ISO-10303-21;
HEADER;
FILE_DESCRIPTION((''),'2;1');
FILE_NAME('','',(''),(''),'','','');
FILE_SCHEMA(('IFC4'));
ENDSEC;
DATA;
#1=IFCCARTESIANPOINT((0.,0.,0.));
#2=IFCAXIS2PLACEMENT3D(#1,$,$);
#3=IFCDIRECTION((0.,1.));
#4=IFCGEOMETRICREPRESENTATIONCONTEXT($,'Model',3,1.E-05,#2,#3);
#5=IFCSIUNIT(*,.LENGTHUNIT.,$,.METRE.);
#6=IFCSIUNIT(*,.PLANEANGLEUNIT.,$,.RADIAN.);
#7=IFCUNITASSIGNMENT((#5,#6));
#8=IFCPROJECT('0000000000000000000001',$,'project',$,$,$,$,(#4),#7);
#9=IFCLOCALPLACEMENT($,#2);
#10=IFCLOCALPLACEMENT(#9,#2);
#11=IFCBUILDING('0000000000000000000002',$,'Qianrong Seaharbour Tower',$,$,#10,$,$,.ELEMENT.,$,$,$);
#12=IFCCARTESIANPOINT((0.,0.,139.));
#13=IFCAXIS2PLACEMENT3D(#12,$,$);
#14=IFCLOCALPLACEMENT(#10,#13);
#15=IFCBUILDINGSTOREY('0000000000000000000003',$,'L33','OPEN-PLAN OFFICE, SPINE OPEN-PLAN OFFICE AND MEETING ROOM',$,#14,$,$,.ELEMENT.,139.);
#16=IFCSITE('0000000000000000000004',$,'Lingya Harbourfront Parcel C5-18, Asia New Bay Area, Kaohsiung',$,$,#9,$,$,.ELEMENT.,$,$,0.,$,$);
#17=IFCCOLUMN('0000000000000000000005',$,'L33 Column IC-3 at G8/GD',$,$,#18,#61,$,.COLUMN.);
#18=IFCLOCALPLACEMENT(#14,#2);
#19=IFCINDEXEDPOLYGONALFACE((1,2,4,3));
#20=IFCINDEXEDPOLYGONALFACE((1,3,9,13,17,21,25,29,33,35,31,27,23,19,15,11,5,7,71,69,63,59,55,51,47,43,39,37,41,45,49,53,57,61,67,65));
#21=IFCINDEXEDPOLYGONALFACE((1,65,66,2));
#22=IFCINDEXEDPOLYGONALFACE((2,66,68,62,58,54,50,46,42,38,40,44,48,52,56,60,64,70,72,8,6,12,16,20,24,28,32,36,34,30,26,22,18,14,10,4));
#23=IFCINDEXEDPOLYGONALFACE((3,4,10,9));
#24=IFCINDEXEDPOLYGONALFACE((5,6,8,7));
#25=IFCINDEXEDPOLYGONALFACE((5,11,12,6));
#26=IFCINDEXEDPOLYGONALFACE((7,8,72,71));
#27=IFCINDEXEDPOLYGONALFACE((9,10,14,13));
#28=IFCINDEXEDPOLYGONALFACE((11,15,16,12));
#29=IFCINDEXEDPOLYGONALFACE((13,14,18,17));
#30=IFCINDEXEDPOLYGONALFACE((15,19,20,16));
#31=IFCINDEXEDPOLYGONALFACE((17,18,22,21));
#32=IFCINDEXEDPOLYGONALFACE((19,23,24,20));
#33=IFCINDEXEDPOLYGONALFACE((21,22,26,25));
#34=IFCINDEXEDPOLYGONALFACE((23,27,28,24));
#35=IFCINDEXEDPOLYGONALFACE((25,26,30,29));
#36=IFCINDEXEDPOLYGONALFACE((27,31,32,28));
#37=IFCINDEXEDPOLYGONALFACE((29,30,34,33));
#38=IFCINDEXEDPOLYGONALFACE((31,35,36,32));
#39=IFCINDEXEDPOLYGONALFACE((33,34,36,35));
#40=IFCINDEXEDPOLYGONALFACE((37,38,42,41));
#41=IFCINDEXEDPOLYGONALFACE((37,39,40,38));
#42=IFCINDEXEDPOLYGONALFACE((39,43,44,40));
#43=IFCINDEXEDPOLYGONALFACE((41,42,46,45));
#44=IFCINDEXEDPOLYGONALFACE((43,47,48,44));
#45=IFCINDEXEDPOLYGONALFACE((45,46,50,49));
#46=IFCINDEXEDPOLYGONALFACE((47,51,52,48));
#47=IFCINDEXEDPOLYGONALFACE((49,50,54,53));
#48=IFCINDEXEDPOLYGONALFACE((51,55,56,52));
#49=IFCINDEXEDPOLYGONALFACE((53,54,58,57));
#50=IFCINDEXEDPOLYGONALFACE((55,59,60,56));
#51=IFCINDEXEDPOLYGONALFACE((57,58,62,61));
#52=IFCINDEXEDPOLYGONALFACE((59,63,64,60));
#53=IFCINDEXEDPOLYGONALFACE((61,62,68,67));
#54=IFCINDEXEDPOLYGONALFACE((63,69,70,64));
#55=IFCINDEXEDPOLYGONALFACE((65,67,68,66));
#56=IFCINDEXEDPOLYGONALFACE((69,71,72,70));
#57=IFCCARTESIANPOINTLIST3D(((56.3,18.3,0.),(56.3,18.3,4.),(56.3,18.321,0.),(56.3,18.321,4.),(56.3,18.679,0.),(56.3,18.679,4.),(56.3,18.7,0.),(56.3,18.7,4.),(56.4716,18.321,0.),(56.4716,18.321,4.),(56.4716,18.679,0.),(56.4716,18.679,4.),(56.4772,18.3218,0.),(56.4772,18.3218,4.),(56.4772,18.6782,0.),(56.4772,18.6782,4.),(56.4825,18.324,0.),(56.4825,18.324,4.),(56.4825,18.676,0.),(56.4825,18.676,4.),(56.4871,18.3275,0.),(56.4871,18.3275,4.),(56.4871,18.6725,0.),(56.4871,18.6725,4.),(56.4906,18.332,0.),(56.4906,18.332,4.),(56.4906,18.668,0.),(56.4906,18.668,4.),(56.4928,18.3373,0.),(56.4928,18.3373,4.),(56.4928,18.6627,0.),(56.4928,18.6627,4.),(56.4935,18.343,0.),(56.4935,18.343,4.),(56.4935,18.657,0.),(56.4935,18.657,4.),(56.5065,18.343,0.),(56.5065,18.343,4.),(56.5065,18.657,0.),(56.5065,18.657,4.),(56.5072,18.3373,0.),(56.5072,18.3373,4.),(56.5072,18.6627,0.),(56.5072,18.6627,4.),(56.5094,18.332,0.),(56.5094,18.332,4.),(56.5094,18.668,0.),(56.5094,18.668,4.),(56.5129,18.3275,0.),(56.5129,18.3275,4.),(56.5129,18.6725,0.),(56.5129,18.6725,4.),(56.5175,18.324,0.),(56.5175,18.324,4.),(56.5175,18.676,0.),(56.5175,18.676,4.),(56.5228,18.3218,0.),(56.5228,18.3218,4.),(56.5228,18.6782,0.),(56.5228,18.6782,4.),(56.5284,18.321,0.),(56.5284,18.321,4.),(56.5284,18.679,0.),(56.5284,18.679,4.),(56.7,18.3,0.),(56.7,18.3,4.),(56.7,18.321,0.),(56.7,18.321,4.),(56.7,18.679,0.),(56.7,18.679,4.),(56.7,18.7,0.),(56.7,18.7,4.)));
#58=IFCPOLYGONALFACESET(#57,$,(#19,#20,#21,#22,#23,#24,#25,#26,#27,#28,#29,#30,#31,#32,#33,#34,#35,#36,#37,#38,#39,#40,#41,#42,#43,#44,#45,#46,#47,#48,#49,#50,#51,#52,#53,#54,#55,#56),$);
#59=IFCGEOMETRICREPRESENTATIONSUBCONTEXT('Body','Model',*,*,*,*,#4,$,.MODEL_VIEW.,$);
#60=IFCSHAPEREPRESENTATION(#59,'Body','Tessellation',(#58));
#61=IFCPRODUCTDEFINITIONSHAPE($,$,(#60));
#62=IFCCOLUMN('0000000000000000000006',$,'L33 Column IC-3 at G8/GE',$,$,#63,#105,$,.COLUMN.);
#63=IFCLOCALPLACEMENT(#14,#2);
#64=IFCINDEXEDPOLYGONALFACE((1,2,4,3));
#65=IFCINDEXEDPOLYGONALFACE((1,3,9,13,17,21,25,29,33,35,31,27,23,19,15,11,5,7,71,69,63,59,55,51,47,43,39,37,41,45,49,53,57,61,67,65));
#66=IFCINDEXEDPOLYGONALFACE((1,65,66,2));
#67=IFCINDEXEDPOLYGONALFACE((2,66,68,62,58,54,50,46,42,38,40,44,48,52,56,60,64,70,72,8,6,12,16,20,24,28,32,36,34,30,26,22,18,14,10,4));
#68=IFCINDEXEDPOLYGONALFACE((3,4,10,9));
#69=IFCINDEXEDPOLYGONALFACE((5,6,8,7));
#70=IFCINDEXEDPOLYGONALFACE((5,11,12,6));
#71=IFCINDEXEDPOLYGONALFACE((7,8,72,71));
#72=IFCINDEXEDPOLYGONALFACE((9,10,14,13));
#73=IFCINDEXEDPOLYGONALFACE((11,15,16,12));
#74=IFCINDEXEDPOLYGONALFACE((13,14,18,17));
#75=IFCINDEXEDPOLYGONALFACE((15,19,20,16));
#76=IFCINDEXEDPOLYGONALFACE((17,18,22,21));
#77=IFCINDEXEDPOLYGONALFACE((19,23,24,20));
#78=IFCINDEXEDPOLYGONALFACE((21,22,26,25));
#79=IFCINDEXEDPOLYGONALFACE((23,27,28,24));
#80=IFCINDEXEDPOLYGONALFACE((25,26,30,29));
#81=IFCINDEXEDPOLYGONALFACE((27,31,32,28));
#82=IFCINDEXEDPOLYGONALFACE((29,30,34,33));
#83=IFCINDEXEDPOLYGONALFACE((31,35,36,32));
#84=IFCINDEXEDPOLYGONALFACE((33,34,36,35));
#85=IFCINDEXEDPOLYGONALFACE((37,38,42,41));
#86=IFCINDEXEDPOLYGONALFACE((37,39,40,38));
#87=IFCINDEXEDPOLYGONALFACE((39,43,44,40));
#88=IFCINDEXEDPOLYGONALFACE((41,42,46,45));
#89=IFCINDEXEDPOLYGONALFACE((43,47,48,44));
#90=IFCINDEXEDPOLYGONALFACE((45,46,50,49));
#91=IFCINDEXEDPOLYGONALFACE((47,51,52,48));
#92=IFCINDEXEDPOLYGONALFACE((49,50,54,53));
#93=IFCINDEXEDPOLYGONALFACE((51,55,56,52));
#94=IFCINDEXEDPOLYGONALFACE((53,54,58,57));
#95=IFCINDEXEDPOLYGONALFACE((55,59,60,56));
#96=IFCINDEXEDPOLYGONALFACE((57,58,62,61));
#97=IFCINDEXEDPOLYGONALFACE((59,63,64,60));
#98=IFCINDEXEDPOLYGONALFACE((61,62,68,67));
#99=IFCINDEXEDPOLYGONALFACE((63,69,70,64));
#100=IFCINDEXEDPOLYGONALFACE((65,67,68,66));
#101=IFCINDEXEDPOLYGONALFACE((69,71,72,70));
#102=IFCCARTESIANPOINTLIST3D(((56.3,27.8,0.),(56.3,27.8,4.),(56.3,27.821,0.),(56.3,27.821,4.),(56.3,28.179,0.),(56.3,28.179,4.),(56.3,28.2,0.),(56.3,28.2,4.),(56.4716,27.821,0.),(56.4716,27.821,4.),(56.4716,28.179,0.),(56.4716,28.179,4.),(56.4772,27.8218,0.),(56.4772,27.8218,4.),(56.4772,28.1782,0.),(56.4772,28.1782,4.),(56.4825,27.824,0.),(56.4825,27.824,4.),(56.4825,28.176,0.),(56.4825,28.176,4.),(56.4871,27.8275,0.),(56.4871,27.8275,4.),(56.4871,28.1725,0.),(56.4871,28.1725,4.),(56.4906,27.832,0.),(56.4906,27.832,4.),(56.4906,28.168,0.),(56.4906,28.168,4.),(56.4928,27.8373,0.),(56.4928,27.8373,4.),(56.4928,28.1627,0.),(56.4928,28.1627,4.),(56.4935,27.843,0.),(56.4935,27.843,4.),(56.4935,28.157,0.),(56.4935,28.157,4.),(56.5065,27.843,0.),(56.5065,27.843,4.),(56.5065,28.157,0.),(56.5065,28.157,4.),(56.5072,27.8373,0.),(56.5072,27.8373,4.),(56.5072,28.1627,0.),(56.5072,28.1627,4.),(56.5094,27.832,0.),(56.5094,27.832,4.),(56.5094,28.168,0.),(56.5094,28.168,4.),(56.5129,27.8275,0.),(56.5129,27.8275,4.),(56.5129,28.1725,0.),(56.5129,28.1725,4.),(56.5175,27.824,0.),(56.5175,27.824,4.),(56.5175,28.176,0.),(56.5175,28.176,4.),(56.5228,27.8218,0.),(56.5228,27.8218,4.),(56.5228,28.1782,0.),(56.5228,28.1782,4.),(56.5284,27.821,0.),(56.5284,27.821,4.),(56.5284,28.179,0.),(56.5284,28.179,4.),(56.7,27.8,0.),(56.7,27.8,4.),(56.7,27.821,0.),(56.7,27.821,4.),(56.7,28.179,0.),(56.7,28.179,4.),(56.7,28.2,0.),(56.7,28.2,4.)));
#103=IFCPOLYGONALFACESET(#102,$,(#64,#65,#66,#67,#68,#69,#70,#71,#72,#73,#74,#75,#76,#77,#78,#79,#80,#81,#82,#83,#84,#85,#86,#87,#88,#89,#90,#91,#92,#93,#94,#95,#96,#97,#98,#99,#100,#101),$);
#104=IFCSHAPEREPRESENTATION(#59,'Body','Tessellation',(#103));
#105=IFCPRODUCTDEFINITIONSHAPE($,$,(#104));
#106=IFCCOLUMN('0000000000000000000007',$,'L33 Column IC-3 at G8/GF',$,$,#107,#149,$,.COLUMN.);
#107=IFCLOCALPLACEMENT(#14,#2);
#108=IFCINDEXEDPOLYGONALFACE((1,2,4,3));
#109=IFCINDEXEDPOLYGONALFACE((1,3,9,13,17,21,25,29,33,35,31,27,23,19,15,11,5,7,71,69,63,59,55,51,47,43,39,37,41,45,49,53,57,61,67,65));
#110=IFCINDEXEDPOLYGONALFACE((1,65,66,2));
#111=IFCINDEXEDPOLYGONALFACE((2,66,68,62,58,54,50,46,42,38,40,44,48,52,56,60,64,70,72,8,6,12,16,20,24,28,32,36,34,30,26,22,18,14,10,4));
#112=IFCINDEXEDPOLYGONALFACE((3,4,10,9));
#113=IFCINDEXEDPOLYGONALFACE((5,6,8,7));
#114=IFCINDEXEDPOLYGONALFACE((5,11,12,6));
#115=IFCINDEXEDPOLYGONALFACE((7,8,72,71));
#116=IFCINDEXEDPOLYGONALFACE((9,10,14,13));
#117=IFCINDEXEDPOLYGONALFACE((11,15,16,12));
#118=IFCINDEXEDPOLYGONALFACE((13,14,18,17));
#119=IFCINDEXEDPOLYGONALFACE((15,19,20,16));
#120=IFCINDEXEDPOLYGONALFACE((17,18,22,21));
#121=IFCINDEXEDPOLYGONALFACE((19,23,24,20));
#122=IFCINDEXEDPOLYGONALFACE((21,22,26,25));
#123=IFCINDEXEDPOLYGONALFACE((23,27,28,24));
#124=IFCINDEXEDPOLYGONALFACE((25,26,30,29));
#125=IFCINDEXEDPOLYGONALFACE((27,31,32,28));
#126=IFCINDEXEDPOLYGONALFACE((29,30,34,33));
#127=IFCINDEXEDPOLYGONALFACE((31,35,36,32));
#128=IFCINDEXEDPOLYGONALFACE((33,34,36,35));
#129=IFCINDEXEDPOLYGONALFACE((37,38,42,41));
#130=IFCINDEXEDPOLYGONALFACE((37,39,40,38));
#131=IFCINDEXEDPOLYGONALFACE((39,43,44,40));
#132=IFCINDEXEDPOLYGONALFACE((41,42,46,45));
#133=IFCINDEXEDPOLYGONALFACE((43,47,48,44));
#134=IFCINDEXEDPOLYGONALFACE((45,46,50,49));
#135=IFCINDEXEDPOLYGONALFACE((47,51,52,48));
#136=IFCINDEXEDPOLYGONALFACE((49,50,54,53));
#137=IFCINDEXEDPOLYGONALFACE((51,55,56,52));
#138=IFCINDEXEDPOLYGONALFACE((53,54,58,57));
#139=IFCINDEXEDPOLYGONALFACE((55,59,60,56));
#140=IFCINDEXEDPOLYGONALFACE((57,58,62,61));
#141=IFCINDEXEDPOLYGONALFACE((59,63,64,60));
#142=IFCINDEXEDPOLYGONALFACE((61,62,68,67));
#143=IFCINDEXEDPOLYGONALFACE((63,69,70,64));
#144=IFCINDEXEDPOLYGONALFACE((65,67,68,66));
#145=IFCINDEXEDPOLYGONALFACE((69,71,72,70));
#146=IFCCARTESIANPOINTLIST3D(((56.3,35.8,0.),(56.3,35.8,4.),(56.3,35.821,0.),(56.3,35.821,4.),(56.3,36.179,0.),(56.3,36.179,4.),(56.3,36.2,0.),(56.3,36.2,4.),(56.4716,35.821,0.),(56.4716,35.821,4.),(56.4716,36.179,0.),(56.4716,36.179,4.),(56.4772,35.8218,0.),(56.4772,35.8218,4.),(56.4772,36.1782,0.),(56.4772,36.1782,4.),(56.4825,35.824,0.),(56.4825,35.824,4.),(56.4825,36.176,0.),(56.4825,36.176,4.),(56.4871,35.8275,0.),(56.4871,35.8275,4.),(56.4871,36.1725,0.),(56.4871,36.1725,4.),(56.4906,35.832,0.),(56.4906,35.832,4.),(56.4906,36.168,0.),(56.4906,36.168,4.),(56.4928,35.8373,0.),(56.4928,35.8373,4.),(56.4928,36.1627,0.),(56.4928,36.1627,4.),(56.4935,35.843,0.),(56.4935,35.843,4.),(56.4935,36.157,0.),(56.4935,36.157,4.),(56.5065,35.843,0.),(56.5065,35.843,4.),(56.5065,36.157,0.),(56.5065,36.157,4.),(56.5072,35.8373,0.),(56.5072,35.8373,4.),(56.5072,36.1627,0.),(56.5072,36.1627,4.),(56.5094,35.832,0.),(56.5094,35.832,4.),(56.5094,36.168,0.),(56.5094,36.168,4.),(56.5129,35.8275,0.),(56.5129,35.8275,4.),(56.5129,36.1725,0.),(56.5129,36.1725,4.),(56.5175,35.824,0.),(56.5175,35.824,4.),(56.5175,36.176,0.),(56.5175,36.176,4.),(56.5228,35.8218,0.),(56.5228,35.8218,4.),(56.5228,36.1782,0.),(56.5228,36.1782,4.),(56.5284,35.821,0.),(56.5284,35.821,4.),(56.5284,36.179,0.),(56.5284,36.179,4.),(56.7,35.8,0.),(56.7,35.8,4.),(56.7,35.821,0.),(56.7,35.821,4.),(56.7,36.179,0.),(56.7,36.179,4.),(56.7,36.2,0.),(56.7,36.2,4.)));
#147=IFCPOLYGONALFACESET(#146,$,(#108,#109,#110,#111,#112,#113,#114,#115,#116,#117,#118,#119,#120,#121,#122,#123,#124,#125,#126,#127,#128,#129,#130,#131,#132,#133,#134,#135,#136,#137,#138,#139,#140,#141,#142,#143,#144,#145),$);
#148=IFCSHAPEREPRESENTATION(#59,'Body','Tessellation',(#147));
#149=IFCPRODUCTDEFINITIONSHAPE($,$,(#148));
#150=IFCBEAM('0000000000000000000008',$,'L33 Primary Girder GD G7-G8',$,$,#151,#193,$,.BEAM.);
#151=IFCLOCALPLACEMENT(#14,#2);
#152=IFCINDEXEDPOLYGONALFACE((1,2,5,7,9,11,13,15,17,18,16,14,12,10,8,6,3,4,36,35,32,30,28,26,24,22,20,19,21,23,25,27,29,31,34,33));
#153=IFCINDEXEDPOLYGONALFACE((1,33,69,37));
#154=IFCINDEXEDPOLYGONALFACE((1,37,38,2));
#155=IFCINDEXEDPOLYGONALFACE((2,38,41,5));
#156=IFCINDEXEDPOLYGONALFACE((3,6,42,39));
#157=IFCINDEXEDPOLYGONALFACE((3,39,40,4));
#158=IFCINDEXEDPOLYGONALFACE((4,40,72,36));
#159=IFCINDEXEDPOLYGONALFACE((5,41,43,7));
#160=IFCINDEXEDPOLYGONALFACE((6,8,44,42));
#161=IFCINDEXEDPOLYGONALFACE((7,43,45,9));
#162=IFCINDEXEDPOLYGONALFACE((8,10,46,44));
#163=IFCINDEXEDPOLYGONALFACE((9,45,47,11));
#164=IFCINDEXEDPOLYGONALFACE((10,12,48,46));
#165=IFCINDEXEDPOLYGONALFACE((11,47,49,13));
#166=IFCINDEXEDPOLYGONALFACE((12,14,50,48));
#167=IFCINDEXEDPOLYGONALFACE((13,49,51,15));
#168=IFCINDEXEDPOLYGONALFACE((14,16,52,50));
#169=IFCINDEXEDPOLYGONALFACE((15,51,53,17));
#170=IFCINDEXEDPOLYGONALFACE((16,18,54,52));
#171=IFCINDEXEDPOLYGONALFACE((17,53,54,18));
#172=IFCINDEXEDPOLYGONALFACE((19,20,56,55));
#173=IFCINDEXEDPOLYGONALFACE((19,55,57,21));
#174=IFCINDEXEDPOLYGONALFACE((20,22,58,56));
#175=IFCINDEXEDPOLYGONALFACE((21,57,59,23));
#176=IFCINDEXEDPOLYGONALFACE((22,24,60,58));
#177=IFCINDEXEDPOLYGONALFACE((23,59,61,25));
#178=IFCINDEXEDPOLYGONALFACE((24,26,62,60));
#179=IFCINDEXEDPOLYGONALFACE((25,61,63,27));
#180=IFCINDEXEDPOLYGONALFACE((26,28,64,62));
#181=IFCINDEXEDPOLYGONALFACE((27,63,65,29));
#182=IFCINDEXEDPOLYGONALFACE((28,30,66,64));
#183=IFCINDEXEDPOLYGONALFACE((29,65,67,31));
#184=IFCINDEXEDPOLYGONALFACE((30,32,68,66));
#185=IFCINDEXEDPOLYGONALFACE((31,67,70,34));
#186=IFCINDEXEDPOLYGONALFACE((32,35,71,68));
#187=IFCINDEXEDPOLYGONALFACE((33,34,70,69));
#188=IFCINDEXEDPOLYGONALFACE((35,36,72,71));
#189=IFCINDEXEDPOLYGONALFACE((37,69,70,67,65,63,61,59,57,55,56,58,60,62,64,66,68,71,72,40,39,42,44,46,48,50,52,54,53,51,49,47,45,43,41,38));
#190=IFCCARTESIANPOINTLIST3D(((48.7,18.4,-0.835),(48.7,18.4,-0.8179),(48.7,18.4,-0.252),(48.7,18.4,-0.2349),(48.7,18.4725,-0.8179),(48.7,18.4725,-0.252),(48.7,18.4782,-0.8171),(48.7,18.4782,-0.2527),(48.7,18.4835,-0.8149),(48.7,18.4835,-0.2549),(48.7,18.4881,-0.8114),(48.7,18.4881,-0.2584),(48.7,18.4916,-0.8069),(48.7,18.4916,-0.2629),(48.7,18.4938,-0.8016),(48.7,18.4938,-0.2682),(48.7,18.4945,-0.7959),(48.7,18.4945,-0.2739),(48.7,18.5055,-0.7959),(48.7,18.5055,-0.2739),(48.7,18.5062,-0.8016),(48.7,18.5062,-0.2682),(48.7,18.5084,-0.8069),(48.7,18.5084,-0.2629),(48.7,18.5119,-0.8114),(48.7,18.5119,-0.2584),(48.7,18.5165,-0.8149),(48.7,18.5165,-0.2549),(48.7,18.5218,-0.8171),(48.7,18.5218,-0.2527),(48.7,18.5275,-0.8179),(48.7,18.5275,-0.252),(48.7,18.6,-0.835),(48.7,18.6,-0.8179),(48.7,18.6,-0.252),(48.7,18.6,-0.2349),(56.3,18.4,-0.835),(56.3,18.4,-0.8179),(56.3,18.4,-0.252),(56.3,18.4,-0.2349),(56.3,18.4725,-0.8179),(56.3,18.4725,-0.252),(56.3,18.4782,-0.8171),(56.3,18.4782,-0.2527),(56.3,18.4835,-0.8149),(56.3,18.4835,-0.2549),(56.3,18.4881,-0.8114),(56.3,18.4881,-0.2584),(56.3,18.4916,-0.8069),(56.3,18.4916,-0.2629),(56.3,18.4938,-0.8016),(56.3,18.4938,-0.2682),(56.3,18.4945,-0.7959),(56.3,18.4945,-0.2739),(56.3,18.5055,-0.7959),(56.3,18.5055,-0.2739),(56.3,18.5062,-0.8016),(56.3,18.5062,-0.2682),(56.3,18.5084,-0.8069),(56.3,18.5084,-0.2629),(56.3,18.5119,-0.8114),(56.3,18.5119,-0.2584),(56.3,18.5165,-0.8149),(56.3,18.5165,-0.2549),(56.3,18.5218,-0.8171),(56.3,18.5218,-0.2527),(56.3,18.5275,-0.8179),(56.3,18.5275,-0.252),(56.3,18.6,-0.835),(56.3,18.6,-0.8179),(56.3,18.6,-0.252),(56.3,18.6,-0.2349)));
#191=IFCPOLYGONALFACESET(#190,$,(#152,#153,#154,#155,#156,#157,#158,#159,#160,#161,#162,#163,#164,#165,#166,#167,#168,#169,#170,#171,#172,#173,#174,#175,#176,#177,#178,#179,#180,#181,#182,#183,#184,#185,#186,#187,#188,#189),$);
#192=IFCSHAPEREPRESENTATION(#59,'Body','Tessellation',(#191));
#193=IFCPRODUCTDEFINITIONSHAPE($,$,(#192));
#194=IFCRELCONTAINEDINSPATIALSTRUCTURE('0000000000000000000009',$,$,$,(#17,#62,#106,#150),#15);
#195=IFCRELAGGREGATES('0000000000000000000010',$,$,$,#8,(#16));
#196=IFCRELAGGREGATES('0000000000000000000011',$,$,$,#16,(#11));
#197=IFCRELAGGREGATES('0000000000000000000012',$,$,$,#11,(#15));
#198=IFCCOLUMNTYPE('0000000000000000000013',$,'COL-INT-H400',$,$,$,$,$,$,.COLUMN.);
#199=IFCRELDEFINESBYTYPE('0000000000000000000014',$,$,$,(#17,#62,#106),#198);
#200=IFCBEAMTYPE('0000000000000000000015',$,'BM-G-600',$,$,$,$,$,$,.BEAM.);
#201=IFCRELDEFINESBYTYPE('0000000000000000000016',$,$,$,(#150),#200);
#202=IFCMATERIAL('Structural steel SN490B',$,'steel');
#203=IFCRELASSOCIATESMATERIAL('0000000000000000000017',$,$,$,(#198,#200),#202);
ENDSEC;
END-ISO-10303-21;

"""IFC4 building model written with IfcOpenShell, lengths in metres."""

from ifc_helpers import new_model, si_unit, direction, frame, origin, origin_2d, place, context, subcontext, project, spatial, i_section, extrude, material, material_profile, profile_set, type_object, element, save


model = new_model("IFC4")

# Units and contexts
model_context = context("Model", 3, precision=1e-05, world=origin(), true_north=direction((0.0, 1.0)))
body_context = subcontext(model_context, "Body", "Model", "MODEL_VIEW")
ifc_project = project(units=[si_unit("LENGTHUNIT", "METRE"), si_unit("PLANEANGLEUNIT", "RADIAN")], contexts=[model_context])

# Site, building, storey
site_placement = place(None, origin())
site = spatial("IfcSite", under=ifc_project, at=site_placement, Name="Lingya Harbourfront Parcel C5-18, Asia New Bay Area, Kaohsiung", CompositionType="ELEMENT", RefElevation=0.0)
building_placement = place(site_placement, origin())
building = spatial("IfcBuilding", under=site, at=building_placement, Name="Qianrong Seaharbour Tower", CompositionType="ELEMENT")
storey_placement = place(building_placement, frame((0.0, 0.0, 139.0)))
storey = spatial("IfcBuildingStorey", under=building, at=storey_placement, Name="L33", Description="OPEN-PLAN OFFICE, SPINE OPEN-PLAN OFFICE AND MEETING ROOM", CompositionType="ELEMENT", Elevation=139.0)

# Columns
ifc_material_1 = material(Name="Structural steel SN490B", Category="steel")
ifc_material_profile_1 = material_profile(ifc_material_1, i_section(OverallWidth=0.3999, OverallDepth=0.3999, WebThickness=0.0129, FlangeThickness=0.021, FilletRadius=0.022, at=origin_2d()), Name="H400x400x13x21")
ifc_profile_set_1 = profile_set([ifc_material_profile_1], Name="Structural steel SN490B")
column_type_1 = type_object("IfcColumnType", Name="COL-INT-H400", PredefinedType="COLUMN", material=ifc_profile_set_1)
for number, where, z_axis, x_axis, name in (
    (1, (56.5, 18.5, 0.0), (0.0, 0.0, 1.0), (1.0, 0.0, 0.0), "L33 Column IC-3 at G8/GD"),
    (2, (56.5, 28.0, 0.0), (0.0, 0.0, 1.0), (1.0, 0.0, 0.0), "L33 Column IC-3 at G8/GE"),
    (3, (56.5, 36.0, 0.0), (0.0, 0.0, 1.0), (1.0, 0.0, 0.0), "L33 Column IC-3 at G8/GF"),
):
    element("IfcColumn", number, at=place(storey_placement, frame(where, z_axis=z_axis, x_axis=x_axis)), inside=storey, type_object=column_type_1, Name=name, PredefinedType="COLUMN", context=body_context, shape_type="SweptSolid", body=[
        extrude(i_section(OverallWidth=0.3999, OverallDepth=0.3999, WebThickness=0.0129, FlangeThickness=0.021, FilletRadius=0.022, at=origin_2d()), origin(), (0.0, 0.0, 1.0), 4.0),
    ])

# Beam
ifc_material_profile_2 = material_profile(ifc_material_1, i_section(OverallWidth=0.2, OverallDepth=0.6001, WebThickness=0.011, FlangeThickness=0.0171, FilletRadius=0.022, at=origin_2d()), Name="H600x200x11x17")
ifc_profile_set_2 = profile_set([ifc_material_profile_2], Name="Structural steel SN490B")
beam_type_1 = type_object("IfcBeamType", Name="BM-G-600", PredefinedType="BEAM", material=ifc_profile_set_2)
beam_1_placement = place(storey_placement, frame((48.7, 18.5, -0.5349), z_axis=(1.0, 0.0, 0.0), x_axis=(0.0, 1.0, 0.0)))
element("IfcBeam", 4, at=beam_1_placement, inside=storey, type_object=beam_type_1, Name="L33 Primary Girder GD G7-G8", PredefinedType="BEAM", context=body_context, shape_type="SweptSolid", body=[
    extrude(i_section(OverallWidth=0.2, OverallDepth=0.6001, WebThickness=0.011, FlangeThickness=0.0171, FilletRadius=0.022, at=origin_2d()), origin(), (0.0, 0.0, 1.0), 7.6001),
])

save(model, "model.ifc")
